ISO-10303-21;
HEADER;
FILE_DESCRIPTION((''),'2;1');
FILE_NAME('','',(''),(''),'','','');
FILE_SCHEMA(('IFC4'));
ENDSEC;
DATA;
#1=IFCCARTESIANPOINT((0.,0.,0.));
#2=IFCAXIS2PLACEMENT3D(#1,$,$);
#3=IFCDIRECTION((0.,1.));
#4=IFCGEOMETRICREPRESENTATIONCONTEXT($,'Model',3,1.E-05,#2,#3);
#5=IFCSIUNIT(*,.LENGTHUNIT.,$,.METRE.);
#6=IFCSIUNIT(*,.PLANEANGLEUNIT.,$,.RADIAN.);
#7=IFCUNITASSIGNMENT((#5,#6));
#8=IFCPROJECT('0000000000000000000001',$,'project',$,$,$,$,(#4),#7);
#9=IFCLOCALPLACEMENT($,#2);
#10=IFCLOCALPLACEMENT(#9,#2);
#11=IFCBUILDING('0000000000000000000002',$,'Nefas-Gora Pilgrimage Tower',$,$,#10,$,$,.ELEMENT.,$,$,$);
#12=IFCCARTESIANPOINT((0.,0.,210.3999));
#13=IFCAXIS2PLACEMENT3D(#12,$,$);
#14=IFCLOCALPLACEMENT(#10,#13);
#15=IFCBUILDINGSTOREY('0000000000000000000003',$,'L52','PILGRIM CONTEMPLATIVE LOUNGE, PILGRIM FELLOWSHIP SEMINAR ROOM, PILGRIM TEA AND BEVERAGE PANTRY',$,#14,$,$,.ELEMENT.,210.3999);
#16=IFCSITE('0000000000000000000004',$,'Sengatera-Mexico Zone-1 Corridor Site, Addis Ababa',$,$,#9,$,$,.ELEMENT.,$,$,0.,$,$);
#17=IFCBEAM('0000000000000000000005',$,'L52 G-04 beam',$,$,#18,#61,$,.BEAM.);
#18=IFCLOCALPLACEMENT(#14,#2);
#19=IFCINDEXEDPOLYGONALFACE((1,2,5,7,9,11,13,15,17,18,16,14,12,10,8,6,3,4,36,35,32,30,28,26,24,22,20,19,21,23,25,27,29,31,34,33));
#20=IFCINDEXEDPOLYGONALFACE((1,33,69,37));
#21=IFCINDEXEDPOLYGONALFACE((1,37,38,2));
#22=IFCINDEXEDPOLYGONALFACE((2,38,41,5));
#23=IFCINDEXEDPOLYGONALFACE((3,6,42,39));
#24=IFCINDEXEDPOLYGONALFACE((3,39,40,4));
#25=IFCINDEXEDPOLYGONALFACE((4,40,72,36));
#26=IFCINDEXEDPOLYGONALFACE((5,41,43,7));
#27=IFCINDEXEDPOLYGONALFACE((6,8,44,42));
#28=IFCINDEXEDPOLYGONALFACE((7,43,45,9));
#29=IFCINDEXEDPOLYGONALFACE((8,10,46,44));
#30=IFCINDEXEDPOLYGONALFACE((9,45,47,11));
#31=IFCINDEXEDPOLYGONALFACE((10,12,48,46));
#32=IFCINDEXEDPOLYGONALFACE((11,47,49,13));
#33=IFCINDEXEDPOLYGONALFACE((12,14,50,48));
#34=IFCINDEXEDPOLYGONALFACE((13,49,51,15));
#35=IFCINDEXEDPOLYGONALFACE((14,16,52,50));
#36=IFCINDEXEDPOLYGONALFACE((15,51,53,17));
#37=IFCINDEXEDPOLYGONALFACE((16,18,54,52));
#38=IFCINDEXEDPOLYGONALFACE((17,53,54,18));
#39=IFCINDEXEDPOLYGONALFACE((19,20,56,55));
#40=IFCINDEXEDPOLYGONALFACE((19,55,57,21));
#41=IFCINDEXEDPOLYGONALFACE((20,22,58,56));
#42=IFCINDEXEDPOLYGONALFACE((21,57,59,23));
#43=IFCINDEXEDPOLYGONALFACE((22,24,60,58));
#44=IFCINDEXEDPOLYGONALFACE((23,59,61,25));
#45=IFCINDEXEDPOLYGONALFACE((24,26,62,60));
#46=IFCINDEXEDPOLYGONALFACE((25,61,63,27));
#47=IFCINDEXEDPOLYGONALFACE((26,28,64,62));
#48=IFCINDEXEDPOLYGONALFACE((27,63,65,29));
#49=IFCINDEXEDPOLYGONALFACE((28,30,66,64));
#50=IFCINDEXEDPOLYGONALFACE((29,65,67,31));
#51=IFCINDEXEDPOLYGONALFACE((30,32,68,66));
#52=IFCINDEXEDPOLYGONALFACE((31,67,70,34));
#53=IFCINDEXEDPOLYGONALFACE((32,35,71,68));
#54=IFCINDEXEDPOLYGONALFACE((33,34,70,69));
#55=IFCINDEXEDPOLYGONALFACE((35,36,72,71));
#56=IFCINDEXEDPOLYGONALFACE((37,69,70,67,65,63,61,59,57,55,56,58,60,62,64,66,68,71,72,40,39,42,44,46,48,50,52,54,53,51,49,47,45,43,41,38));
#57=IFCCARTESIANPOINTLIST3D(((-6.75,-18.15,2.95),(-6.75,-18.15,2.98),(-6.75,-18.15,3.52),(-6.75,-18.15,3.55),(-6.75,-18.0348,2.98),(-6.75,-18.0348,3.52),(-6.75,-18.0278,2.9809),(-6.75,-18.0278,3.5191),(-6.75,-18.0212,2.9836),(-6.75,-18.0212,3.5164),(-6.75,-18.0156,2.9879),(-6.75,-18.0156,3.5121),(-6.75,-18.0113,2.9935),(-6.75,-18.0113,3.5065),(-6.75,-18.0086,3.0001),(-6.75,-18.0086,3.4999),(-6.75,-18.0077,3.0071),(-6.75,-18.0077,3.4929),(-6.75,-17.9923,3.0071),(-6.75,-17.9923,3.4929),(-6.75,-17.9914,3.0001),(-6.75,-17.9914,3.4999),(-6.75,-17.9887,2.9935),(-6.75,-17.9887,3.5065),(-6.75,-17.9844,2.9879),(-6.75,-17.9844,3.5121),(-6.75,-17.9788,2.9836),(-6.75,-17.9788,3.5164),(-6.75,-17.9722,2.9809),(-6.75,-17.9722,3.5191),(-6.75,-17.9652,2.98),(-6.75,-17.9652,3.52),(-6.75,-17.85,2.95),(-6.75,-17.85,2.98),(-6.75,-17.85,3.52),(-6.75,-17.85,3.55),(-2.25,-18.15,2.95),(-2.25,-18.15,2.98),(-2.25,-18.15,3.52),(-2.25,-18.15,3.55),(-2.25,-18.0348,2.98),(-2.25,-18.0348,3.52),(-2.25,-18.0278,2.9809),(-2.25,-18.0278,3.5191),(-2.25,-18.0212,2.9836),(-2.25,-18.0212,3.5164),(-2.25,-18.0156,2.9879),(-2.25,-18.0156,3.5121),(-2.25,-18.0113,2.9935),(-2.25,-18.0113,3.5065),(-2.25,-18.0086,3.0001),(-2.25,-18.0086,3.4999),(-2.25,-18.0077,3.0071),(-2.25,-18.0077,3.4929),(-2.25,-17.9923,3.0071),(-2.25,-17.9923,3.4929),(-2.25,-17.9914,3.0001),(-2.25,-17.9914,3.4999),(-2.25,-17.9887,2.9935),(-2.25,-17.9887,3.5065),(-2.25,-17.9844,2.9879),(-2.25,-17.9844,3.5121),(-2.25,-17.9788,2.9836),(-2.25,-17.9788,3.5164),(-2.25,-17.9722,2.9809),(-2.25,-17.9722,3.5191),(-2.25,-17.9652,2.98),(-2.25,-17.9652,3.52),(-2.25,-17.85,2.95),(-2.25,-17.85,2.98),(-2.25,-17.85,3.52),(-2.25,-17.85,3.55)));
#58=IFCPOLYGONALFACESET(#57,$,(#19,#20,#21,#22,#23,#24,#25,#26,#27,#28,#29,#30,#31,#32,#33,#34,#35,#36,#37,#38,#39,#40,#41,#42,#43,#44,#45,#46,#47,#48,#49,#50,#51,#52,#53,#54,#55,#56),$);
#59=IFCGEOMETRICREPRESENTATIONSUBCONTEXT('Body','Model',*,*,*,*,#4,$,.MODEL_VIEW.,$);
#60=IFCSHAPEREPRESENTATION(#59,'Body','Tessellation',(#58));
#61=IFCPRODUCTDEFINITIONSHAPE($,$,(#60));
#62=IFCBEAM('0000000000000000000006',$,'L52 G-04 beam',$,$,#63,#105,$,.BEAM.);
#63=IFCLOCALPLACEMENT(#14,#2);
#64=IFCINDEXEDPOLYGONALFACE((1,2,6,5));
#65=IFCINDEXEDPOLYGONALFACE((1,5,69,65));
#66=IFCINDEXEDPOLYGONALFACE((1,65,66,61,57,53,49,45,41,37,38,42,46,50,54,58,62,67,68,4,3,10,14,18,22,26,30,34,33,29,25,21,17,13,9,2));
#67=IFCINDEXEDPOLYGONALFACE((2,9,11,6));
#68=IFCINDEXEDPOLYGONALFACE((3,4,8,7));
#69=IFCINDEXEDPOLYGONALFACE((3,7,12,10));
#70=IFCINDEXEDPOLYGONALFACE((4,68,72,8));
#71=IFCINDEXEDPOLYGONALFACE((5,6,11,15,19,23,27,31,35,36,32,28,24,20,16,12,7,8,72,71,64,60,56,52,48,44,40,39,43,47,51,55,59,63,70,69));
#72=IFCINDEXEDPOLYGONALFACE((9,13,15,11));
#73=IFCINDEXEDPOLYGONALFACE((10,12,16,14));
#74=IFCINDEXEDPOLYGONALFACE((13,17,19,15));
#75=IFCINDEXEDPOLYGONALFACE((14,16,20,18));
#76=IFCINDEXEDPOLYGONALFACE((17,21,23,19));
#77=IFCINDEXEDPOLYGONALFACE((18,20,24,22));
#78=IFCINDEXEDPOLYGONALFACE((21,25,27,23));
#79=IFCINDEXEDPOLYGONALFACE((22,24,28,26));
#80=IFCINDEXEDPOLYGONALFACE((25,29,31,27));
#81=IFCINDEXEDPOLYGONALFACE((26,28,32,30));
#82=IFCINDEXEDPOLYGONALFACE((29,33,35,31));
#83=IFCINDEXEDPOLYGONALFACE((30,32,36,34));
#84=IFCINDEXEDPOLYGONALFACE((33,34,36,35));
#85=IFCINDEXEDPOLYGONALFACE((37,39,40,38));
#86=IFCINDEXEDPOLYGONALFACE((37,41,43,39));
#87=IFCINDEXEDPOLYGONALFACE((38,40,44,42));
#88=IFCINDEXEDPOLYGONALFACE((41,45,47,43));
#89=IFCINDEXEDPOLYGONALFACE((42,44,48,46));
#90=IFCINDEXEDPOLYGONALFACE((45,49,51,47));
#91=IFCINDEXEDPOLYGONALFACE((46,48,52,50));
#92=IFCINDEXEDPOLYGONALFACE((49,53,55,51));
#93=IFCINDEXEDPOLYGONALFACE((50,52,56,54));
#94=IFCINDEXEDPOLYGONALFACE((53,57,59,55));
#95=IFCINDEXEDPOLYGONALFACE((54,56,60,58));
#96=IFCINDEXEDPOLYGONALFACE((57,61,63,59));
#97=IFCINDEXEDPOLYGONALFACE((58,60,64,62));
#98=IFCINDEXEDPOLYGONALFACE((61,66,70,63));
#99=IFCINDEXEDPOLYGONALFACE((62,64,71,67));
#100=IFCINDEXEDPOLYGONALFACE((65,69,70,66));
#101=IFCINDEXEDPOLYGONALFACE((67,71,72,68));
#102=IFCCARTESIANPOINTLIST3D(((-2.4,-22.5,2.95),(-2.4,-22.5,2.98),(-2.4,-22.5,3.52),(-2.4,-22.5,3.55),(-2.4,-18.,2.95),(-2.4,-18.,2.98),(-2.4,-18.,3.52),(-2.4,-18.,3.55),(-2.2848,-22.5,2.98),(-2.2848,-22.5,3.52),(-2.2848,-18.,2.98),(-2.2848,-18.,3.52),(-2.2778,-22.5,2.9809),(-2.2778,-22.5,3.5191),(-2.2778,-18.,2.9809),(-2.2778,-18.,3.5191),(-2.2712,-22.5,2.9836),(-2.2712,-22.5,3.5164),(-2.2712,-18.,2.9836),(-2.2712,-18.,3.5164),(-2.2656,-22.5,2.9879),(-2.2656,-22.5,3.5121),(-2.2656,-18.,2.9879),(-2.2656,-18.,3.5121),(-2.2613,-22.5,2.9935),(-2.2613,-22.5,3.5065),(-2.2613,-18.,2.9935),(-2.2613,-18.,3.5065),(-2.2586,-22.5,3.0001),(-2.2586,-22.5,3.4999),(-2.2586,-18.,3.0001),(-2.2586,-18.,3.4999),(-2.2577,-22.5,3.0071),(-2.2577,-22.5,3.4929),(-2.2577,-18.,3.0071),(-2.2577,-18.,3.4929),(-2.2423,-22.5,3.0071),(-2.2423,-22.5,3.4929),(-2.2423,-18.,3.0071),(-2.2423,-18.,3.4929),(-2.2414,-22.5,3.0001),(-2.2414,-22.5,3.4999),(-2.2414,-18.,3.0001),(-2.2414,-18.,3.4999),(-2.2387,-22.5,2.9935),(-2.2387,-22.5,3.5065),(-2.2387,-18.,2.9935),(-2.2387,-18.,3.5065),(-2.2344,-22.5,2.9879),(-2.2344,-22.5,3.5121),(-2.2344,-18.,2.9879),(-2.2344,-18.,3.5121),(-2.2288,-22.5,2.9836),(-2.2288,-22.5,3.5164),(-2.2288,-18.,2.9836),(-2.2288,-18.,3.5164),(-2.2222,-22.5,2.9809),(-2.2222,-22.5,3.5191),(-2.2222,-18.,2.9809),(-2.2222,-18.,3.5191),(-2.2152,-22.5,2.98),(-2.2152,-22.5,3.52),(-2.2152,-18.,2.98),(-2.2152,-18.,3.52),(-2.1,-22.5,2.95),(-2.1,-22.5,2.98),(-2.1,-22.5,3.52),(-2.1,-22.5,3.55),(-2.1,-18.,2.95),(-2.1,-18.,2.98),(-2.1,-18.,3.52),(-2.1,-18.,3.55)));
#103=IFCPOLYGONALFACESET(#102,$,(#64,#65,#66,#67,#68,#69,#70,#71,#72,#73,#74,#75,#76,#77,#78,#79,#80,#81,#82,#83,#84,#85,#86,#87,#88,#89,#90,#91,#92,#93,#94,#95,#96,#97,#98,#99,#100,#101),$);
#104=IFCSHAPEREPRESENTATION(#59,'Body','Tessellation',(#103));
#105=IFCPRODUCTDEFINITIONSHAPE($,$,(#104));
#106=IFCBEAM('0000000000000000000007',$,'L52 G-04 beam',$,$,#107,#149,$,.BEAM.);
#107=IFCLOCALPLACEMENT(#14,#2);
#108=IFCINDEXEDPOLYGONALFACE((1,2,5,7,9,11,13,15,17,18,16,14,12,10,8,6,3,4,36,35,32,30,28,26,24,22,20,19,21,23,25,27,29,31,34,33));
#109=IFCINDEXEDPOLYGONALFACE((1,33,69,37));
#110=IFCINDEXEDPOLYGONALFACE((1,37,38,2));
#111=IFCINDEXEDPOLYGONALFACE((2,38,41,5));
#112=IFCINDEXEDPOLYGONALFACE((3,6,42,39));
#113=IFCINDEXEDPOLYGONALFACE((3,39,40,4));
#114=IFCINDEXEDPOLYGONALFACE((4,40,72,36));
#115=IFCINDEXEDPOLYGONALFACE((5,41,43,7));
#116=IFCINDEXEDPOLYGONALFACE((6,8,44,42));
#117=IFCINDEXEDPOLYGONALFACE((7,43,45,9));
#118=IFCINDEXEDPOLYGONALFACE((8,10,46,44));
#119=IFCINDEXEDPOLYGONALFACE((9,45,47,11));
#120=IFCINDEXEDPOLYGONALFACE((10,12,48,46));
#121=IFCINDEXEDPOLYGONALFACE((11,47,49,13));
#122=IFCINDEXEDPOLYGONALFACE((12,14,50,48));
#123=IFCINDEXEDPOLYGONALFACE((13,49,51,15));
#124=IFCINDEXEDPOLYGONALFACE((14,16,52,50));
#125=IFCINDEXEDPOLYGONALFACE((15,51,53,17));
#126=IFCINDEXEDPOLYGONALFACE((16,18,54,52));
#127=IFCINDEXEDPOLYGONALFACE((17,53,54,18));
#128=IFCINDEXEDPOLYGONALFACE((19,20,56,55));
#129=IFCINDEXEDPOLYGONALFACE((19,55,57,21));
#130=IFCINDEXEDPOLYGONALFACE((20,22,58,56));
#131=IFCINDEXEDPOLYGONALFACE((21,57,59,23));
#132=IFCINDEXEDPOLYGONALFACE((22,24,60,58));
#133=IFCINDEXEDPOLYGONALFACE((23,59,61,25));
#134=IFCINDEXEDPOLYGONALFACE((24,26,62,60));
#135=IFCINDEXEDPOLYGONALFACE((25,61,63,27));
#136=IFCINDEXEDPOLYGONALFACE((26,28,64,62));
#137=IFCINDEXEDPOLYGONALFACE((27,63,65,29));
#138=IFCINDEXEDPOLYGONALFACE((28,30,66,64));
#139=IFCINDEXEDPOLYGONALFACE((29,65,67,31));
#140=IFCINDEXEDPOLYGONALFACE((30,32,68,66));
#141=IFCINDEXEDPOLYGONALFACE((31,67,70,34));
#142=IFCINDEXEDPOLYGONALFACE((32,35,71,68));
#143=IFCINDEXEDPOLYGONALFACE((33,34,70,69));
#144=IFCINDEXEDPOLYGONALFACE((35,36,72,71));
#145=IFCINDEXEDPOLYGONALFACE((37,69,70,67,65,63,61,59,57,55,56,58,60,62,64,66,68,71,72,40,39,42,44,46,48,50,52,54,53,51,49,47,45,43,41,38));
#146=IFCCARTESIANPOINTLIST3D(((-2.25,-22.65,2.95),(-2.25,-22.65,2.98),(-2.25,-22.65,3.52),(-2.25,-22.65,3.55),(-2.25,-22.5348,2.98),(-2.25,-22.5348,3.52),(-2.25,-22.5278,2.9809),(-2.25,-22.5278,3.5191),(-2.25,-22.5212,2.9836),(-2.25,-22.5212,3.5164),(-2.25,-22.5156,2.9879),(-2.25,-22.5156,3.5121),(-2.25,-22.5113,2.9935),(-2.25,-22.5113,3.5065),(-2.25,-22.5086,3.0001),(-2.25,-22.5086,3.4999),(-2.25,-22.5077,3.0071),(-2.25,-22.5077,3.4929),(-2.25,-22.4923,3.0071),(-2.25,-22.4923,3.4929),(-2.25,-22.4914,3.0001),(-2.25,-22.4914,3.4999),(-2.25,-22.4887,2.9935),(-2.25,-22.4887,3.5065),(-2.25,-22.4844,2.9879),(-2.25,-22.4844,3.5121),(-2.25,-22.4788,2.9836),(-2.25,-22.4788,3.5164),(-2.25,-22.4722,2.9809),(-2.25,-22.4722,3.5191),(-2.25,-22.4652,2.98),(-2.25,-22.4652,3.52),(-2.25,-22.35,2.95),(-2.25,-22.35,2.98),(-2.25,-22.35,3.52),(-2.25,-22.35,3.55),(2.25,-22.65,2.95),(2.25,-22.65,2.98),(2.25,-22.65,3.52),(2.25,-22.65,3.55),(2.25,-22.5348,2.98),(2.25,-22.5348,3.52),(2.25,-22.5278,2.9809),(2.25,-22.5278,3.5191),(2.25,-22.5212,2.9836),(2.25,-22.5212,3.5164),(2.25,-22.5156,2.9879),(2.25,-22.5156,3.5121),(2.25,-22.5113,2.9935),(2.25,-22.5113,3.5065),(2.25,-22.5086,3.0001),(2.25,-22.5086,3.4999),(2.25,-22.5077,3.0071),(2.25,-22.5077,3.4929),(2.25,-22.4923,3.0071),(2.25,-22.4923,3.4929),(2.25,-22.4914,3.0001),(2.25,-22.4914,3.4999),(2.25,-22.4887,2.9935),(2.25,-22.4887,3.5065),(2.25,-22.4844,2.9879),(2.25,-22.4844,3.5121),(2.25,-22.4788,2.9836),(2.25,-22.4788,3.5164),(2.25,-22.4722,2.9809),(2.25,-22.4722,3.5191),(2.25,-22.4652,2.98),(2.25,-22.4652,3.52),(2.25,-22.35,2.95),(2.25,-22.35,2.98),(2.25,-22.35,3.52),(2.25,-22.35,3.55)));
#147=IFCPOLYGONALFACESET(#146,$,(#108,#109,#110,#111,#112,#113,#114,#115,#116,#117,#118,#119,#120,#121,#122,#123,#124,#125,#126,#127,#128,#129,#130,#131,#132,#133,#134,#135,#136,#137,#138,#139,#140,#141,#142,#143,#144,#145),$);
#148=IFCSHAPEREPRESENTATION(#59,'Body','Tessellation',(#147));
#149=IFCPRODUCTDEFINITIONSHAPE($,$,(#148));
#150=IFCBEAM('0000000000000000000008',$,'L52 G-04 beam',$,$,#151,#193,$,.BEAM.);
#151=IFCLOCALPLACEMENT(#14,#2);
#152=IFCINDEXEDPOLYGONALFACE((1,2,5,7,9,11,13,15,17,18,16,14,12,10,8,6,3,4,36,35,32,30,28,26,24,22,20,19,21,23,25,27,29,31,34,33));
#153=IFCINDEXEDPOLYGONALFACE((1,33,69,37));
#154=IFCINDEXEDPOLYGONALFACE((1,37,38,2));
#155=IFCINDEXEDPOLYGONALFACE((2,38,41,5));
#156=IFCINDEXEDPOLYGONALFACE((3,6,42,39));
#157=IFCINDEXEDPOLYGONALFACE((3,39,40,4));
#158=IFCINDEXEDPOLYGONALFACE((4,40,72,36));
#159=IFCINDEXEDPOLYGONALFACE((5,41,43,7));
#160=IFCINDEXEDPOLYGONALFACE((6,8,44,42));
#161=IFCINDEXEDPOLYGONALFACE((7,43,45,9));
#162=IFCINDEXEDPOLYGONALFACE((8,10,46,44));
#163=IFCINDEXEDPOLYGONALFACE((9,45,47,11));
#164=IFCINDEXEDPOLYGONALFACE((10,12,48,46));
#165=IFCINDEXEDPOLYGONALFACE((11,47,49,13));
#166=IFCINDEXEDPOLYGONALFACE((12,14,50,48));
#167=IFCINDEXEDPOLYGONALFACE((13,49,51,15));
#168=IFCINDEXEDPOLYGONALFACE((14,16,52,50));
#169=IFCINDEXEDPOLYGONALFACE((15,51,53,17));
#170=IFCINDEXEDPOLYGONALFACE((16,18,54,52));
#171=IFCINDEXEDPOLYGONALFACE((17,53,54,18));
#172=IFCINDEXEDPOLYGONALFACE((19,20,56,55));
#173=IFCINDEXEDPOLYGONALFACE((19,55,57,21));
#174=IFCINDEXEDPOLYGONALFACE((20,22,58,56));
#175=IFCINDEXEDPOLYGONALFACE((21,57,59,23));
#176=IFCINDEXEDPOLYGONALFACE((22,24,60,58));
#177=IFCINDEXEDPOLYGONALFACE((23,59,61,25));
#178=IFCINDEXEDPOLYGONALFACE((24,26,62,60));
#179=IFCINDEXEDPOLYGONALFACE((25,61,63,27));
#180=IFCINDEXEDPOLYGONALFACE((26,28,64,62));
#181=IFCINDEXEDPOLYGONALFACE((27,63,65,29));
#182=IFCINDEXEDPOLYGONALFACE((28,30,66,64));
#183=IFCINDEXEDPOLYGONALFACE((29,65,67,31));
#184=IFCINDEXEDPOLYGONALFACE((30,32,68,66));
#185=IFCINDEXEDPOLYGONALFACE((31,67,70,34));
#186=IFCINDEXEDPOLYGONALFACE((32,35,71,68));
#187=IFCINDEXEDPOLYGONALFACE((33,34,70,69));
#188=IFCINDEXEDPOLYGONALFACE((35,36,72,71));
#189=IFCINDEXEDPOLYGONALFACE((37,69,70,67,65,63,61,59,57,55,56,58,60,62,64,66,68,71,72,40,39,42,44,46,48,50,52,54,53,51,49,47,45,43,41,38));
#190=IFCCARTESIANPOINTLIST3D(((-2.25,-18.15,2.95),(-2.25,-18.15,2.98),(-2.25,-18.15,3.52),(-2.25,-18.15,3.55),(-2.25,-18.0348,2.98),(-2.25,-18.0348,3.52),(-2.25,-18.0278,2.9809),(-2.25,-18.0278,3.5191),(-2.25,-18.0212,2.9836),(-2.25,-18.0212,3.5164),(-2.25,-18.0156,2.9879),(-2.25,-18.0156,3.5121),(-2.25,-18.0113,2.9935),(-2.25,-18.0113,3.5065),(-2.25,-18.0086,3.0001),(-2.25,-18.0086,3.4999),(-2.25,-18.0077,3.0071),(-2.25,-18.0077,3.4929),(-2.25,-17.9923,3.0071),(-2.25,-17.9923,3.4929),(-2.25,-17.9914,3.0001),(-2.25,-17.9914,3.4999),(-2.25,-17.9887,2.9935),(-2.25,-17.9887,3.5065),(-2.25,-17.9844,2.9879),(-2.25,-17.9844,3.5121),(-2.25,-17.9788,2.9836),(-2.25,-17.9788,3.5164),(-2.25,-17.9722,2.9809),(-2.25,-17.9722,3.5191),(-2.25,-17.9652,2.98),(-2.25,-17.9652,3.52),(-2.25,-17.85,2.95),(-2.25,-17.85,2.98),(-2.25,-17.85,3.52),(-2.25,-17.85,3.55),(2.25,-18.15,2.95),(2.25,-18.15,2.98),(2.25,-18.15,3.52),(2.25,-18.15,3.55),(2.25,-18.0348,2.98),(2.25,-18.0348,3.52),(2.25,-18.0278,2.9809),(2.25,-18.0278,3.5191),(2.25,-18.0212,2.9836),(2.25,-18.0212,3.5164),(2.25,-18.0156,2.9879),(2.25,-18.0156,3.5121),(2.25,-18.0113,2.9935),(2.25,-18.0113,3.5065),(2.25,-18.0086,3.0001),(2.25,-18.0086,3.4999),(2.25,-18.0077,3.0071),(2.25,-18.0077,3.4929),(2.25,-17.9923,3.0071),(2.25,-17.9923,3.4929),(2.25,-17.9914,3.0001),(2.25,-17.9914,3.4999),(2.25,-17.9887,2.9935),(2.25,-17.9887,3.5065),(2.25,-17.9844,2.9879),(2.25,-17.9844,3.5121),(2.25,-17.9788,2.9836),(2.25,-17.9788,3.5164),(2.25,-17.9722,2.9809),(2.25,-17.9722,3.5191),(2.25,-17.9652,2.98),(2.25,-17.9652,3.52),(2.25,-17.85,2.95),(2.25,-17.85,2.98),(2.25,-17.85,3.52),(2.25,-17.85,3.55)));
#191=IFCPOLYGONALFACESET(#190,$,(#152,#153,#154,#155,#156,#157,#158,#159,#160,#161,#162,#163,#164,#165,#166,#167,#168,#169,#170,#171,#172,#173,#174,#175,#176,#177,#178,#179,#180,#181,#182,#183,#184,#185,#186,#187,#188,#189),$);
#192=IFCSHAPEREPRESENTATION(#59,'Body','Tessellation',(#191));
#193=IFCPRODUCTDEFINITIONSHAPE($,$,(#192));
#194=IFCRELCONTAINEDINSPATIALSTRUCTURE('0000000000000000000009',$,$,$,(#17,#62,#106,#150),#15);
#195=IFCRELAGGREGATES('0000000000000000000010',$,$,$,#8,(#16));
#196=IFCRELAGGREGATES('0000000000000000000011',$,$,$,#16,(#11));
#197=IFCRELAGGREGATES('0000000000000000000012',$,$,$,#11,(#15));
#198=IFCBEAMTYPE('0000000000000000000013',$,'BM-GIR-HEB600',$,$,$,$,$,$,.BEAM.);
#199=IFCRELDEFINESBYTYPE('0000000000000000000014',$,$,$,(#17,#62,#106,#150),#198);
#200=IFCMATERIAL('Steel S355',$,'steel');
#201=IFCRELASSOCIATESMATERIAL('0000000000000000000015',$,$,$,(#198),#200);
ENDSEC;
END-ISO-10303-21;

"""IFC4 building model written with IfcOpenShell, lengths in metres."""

from ifc_helpers import new_model, si_unit, direction, frame, origin, origin_2d, place, context, subcontext, project, spatial, i_section, extrude, source, transform, mapped, material, material_profile, profile_set, type_object, element, save


model = new_model("IFC4")

# Units and contexts
model_context = context("Model", 3, precision=1e-05, world=origin(), true_north=direction((0.0, 1.0)))
body_context = subcontext(model_context, "Body", "Model", "MODEL_VIEW")
ifc_project = project(units=[si_unit("LENGTHUNIT", "METRE"), si_unit("PLANEANGLEUNIT", "RADIAN")], contexts=[model_context])

# Site, building, storey
site_placement = place(None, origin())
site = spatial("IfcSite", under=ifc_project, at=site_placement, Name="Sengatera-Mexico Zone-1 Corridor Site, Addis Ababa", CompositionType="ELEMENT", RefElevation=0.0)
building_placement = place(site_placement, origin())
building = spatial("IfcBuilding", under=site, at=building_placement, Name="Nefas-Gora Pilgrimage Tower", CompositionType="ELEMENT")
storey_placement = place(building_placement, frame((0.0, 0.0, 210.3999)))
storey = spatial("IfcBuildingStorey", under=building, at=storey_placement, Name="L52", Description="PILGRIM CONTEMPLATIVE LOUNGE, PILGRIM FELLOWSHIP SEMINAR ROOM, PILGRIM TEA AND BEVERAGE PANTRY", CompositionType="ELEMENT", Elevation=210.3999)

# Beams
ifc_material_1 = material(Name="Steel S355", Category="steel")
ifc_material_profile_1 = material_profile(ifc_material_1, i_section(OverallWidth=0.3, OverallDepth=0.6001, WebThickness=0.0154, FlangeThickness=0.03, FilletRadius=0.0271, at=origin_2d()), Name="HEB 600")
ifc_profile_set_1 = profile_set([ifc_material_profile_1], Name="Steel S355")
beam_type = type_object("IfcBeamType", Name="BM-GIR-HEB600", PredefinedType="BEAM", material=ifc_profile_set_1)
shared_shape_1 = source(origin(), body_context, "Body", "SweptSolid", [
    extrude(i_section(OverallWidth=0.3, OverallDepth=0.6001, WebThickness=0.0154, FlangeThickness=0.03, FilletRadius=0.0271, at=origin_2d()), origin(), (0.0, 0.0, 1.0), 4.5),
])
for number, where, z_axis, x_axis, name in (
    (1, (-6.75, -18.0, 3.25), (1.0, 0.0, 0.0), (0.0, 1.0, 0.0), "L52 G-04 beam"),
    (2, (-2.25, -22.5, 3.25), (0.0, 1.0, 0.0), (-1.0, 0.0, 0.0), "L52 G-04 beam"),
    (3, (-2.25, -22.5, 3.25), (1.0, 0.0, 0.0), (0.0, 1.0, 0.0), "L52 G-04 beam"),
    (4, (-2.25, -18.0, 3.25), (1.0, 0.0, 0.0), (0.0, 1.0, 0.0), "L52 G-04 beam"),
):
    element("IfcBeam", number, at=place(storey_placement, frame(where, z_axis=z_axis, x_axis=x_axis)), inside=storey, type_object=beam_type, Name=name, PredefinedType="BEAM", context=body_context, shape_type="MappedRepresentation", body=[
        mapped(shared_shape_1, transform((0.0, 0.0, 0.0), x_axis=(1.0, 0.0, 0.0), y_axis=(0.0, 1.0, 0.0), z_axis=(0.0, 0.0, 1.0), scale=1.0)),
    ])

save(model, "model.ifc")
